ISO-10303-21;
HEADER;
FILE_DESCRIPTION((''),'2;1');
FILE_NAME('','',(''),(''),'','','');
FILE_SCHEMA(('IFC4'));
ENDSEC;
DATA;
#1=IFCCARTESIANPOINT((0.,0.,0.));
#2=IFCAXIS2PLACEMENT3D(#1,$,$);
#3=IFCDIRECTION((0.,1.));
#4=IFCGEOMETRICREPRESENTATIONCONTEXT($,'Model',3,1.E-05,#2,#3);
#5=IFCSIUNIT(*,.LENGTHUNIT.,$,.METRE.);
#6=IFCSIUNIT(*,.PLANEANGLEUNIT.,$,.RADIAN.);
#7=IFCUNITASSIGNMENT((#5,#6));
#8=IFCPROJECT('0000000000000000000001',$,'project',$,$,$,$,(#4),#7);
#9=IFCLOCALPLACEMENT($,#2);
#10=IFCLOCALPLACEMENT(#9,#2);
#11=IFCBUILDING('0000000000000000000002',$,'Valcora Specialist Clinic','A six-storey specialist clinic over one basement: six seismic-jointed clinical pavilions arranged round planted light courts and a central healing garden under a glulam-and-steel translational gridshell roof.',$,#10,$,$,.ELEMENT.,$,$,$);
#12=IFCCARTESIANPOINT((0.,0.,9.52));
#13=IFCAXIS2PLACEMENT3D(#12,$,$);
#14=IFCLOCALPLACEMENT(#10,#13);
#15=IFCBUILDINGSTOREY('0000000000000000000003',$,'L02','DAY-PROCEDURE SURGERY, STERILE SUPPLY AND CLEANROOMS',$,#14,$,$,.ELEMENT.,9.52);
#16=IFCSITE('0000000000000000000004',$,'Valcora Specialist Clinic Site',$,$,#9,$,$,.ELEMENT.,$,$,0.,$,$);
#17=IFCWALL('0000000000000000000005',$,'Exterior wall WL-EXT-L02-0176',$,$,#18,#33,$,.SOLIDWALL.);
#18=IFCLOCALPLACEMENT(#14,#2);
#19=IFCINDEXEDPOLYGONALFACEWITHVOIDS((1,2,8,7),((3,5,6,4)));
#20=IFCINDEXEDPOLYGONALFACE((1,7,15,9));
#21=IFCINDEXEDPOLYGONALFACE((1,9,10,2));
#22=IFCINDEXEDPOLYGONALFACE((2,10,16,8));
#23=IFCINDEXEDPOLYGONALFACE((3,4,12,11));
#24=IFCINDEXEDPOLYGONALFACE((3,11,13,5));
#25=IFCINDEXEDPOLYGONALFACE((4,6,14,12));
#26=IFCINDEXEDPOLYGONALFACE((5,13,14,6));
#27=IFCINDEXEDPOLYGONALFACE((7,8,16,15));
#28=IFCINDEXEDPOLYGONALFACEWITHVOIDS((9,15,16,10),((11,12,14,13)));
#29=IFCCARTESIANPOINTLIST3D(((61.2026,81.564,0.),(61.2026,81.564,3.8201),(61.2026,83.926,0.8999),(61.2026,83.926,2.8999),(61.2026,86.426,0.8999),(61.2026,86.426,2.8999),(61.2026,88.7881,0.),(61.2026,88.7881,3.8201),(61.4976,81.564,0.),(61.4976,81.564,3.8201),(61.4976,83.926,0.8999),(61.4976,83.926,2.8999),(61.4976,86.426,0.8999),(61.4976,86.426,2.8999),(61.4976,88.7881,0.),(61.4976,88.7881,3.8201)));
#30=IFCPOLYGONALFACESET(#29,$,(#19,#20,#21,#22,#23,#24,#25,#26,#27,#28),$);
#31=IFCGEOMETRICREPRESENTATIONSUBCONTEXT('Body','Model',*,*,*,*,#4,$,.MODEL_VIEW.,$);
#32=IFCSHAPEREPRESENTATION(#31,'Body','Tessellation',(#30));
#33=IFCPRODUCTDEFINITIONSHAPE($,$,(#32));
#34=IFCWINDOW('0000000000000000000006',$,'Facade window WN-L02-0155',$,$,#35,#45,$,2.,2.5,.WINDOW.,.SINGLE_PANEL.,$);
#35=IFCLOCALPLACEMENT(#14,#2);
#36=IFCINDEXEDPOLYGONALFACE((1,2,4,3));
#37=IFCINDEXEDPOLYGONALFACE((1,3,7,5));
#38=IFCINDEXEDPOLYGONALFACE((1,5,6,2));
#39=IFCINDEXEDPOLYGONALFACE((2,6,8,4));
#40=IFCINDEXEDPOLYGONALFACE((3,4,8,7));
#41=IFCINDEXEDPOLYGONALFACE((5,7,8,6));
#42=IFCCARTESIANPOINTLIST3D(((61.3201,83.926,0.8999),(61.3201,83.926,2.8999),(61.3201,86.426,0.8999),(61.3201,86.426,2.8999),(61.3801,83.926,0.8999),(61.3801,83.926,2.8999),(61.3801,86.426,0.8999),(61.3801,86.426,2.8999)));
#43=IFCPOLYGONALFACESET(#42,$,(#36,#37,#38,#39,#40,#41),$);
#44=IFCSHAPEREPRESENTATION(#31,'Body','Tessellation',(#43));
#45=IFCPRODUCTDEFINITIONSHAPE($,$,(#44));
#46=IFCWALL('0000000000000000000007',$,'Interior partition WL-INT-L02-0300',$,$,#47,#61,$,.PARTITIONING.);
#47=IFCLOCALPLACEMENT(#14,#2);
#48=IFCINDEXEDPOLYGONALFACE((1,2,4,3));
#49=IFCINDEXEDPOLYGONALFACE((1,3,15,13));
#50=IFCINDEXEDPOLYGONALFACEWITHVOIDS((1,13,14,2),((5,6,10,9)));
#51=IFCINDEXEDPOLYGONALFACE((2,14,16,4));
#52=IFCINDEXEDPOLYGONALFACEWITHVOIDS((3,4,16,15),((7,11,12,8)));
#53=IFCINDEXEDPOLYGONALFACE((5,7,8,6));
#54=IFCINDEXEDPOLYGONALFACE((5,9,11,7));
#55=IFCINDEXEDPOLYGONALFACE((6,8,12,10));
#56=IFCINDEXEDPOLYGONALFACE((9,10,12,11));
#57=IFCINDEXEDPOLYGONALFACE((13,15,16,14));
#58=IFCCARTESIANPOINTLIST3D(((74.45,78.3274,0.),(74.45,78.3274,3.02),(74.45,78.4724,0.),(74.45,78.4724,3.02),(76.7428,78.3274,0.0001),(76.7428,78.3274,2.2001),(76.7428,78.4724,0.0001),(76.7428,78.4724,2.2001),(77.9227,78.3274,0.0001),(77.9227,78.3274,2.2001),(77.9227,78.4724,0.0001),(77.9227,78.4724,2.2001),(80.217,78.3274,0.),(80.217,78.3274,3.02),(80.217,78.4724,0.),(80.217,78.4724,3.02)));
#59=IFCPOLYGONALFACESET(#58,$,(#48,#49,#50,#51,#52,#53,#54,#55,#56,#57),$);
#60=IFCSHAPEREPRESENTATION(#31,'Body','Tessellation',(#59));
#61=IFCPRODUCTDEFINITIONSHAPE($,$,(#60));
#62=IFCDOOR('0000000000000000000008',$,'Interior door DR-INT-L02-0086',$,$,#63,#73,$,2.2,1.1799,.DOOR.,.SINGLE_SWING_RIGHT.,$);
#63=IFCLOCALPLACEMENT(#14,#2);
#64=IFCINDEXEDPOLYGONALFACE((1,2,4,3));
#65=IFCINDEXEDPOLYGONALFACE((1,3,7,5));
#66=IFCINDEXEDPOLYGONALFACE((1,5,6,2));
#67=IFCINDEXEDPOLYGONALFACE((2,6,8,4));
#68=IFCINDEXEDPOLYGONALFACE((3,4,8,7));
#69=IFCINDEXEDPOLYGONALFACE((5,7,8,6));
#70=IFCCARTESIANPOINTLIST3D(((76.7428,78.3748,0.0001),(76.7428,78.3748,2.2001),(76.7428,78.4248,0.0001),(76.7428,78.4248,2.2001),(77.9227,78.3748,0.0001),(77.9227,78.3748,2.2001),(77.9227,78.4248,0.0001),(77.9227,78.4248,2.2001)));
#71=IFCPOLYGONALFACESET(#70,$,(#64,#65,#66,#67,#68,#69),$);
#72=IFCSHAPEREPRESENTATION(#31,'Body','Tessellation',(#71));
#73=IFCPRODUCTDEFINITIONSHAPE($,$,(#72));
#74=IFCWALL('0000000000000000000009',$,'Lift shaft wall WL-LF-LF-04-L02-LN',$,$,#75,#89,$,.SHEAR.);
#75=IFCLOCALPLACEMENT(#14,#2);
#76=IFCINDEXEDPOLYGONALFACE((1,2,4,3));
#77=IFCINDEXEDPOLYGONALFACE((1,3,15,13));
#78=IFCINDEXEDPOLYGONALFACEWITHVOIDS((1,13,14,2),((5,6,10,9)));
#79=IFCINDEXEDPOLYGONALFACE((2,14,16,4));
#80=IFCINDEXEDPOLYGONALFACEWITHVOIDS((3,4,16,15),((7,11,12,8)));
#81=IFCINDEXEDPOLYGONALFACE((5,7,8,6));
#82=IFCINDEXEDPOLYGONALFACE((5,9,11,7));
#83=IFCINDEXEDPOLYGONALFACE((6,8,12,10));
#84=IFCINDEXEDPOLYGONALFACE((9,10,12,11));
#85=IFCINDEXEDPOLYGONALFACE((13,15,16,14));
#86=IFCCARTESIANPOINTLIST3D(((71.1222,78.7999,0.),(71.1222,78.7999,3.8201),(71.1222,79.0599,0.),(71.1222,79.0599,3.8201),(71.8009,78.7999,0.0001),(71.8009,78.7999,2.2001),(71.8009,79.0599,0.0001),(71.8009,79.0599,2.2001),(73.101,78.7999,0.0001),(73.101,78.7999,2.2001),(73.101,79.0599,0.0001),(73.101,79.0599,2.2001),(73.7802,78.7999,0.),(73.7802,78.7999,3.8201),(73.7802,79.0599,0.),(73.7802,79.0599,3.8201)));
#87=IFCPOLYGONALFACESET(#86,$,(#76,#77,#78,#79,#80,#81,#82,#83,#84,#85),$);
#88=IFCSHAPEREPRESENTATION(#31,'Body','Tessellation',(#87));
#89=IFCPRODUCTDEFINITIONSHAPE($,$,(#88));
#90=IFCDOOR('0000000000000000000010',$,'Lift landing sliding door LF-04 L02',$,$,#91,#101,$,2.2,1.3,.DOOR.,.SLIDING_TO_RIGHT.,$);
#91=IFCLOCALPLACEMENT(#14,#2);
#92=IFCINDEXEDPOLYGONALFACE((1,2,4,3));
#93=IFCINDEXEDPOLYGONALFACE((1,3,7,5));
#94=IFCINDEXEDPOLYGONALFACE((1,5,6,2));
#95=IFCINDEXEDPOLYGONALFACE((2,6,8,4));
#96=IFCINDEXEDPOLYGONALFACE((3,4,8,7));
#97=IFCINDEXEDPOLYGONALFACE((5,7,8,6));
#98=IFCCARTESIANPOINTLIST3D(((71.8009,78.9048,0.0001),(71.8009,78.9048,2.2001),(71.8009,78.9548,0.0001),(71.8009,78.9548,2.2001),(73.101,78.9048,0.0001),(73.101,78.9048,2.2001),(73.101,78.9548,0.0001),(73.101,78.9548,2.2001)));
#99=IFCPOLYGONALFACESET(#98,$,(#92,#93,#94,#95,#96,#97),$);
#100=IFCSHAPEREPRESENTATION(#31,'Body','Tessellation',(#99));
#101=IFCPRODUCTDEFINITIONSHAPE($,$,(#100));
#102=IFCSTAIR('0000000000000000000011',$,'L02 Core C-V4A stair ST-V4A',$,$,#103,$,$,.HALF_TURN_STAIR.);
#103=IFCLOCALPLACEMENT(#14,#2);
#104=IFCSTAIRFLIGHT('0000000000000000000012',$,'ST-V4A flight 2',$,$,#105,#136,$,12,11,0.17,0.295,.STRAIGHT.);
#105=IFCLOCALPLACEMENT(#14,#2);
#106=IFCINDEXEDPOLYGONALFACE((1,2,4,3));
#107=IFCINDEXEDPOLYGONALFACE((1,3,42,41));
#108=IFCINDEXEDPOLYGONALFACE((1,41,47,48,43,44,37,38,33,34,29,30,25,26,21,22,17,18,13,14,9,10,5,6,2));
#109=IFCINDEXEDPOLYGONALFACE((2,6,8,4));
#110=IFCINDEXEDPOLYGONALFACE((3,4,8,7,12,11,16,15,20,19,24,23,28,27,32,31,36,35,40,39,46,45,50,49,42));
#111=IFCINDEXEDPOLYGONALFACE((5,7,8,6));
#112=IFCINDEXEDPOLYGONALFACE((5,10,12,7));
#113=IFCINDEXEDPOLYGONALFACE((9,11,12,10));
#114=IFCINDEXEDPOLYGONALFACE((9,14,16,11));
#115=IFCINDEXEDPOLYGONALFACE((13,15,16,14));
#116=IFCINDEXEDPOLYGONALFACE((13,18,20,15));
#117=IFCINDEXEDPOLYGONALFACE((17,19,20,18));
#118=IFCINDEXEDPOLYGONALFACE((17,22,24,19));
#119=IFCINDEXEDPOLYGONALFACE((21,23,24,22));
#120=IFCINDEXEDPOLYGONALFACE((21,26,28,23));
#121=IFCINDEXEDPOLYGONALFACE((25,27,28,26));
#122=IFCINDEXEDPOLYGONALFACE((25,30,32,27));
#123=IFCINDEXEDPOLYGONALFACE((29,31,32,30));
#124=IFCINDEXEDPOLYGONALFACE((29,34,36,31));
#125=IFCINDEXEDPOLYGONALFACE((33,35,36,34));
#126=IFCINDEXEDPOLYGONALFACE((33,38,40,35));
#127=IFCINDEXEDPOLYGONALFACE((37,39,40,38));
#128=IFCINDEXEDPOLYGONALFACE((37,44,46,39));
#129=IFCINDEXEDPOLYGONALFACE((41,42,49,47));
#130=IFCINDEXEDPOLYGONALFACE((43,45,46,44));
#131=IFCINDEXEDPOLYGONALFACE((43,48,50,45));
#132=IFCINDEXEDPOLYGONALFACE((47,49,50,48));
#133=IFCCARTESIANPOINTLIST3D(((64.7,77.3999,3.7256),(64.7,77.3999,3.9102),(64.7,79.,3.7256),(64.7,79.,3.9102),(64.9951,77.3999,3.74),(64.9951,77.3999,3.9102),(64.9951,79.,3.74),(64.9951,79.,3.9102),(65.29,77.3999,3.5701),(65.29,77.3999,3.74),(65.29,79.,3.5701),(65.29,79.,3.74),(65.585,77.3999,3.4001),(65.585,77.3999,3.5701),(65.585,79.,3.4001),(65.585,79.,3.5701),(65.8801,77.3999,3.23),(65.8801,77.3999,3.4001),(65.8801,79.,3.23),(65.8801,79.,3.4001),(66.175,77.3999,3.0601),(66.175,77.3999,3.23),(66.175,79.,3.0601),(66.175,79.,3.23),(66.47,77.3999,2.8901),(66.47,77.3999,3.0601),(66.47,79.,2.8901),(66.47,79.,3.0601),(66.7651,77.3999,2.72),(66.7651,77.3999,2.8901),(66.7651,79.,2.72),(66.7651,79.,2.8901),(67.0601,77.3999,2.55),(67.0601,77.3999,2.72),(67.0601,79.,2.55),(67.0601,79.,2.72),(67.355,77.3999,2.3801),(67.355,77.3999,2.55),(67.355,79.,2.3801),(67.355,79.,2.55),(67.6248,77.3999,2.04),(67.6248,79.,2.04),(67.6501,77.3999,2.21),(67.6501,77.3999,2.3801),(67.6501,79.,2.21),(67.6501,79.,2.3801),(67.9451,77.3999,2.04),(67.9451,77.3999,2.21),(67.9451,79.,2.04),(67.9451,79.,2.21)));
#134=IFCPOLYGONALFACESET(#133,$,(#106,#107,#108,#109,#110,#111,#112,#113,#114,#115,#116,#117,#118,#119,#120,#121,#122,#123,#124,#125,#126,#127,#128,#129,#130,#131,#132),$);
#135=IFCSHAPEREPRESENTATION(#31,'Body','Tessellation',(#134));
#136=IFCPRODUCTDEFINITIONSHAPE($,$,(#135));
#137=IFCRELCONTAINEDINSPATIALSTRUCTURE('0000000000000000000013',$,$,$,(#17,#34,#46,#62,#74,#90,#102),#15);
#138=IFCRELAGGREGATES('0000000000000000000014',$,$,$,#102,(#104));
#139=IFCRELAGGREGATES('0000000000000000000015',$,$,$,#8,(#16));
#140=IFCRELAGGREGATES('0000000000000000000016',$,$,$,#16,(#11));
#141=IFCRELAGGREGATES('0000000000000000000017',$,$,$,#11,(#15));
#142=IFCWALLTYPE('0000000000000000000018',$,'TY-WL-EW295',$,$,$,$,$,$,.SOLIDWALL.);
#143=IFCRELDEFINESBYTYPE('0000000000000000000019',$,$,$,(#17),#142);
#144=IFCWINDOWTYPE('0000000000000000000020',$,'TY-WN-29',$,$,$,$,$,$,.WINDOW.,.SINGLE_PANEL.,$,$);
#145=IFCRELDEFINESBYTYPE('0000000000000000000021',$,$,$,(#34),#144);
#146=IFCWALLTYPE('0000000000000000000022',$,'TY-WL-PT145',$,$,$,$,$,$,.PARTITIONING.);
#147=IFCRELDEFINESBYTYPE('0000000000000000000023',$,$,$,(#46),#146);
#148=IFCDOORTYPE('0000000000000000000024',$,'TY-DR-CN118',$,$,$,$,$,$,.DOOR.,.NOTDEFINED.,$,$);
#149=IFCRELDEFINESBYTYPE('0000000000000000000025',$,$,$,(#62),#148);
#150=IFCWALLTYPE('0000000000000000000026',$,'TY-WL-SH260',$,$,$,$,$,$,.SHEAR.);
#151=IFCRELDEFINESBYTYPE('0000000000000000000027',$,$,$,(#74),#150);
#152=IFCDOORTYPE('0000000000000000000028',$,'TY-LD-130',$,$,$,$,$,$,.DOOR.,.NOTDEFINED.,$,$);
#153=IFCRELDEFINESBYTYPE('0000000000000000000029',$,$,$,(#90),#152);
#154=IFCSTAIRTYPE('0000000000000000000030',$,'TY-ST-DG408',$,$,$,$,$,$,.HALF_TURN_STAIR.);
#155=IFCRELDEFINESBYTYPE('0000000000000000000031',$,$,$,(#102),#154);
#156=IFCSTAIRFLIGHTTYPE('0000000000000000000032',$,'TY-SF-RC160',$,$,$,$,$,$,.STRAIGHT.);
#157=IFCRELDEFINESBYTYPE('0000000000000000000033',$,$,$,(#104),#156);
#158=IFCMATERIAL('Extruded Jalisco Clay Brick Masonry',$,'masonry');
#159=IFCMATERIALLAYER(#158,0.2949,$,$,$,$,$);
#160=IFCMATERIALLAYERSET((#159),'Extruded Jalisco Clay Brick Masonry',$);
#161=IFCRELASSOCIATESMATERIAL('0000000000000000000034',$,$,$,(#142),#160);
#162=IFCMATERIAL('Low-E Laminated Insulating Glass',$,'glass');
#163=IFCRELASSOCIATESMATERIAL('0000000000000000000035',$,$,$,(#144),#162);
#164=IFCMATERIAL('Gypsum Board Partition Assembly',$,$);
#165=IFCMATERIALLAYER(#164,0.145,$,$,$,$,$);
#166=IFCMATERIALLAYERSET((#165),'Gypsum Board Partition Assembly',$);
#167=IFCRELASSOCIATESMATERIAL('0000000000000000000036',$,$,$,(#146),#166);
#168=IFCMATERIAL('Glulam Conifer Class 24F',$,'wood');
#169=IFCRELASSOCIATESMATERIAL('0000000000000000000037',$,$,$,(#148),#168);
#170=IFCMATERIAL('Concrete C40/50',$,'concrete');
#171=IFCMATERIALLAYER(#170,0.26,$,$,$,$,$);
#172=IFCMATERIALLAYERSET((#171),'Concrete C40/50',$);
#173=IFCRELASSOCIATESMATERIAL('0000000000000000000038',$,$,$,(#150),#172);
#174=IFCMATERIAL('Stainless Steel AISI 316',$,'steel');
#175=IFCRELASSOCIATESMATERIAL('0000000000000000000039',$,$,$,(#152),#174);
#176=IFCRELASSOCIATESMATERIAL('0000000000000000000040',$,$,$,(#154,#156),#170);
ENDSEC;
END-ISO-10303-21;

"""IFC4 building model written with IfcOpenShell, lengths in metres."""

from ifc_helpers import new_model, si_unit, direction, frame, frame_2d, origin, place, context, subcontext, project, spatial, polyline, rectangle, outline, extrude, material, layer, layer_set, type_object, element, fill, aggregate, save


model = new_model("IFC4")

# Units and contexts
model_context = context("Model", 3, precision=1e-05, world=origin(), true_north=direction((0.0, 1.0)))
body_context = subcontext(model_context, "Body", "Model", "MODEL_VIEW")
ifc_project = project(units=[si_unit("LENGTHUNIT", "METRE"), si_unit("PLANEANGLEUNIT", "RADIAN")], contexts=[model_context])

# Site, building, storey
site_placement = place(None, origin())
site = spatial("IfcSite", under=ifc_project, at=site_placement, Name="Valcora Specialist Clinic Site", CompositionType="ELEMENT", RefElevation=0.0)
building_placement = place(site_placement, origin())
building = spatial("IfcBuilding", under=site, at=building_placement, Name="Valcora Specialist Clinic", Description="A six-storey specialist clinic over one basement: six seismic-jointed clinical pavilions arranged round planted light courts and a central healing garden under a glulam-and-steel translational gridshell roof.", CompositionType="ELEMENT")
storey_placement = place(building_placement, frame((0.0, 0.0, 9.52)))
storey = spatial("IfcBuildingStorey", under=building, at=storey_placement, Name="L02", Description="DAY-PROCEDURE SURGERY, STERILE SUPPLY AND CLEANROOMS", CompositionType="ELEMENT", Elevation=9.52)

# Shared definitions
ifc_material_1 = material(Name="Concrete C40/50", Category="concrete")

# Wall, opening, window
ifc_material_2 = material(Name="Extruded Jalisco Clay Brick Masonry", Category="masonry")
ifc_material_3 = material(Name="Low-E Laminated Insulating Glass", Category="glass")
ifc_layer_1 = layer(ifc_material_2, 0.2949)
ifc_layer_set_1 = layer_set([ifc_layer_1], Name="Extruded Jalisco Clay Brick Masonry")
wall_type_1 = type_object("IfcWallType", Name="TY-WL-EW295", PredefinedType="SOLIDWALL", material=ifc_layer_set_1)
wall_1_placement = place(storey_placement, frame((61.3501, 81.564, 0.0), z_axis=(0.0, 0.0, 1.0), x_axis=(0.0, 1.0, 0.0)))
wall_1 = element("IfcWall", 1, at=wall_1_placement, inside=storey, type_object=wall_type_1, Name="Exterior wall WL-EXT-L02-0176", PredefinedType="SOLIDWALL", context=body_context, shape_type="SweptSolid", body=[
    extrude(rectangle(XDim=7.2241, YDim=0.2949, at=frame_2d((3.6121, 0.0))), origin(), (0.0, 0.0, 1.0), 3.8201),
])
opening_1_placement = place(wall_1_placement, frame((2.3621, 0.0, 0.8999)))
opening_1 = element("IfcOpeningElement", 2, at=opening_1_placement, cuts=wall_1, PredefinedType="OPENING", context=body_context, shape_type="SweptSolid", body=[
    extrude(rectangle(XDim=2.5, YDim=2.0, at=frame_2d((1.25, 1.0))), frame((0.0, 0.1575, 0.0), z_axis=(0.0, -1.0, 0.0), x_axis=(1.0, 0.0, 0.0)), (0.0, 0.0, 1.0), 0.3149),
])
window_type_1 = type_object("IfcWindowType", Name="TY-WN-29", PartitioningType="SINGLE_PANEL", PredefinedType="WINDOW", material=ifc_material_3)
window_1_placement = place(opening_1_placement, origin())
window_1 = element("IfcWindow", 3, at=window_1_placement, inside=storey, type_object=window_type_1, Name="Facade window WN-L02-0155", OverallHeight=2.0, OverallWidth=2.5, PartitioningType="SINGLE_PANEL", PredefinedType="WINDOW", context=body_context, shape_type="SweptSolid", body=[
    extrude(rectangle(XDim=2.5, YDim=2.0, at=frame_2d((1.25, 1.0))), frame((0.0, 0.03, 0.0), z_axis=(0.0, -1.0, 0.0), x_axis=(1.0, 0.0, 0.0)), (0.0, 0.0, 1.0), 0.0601),
])
fill(opening_1, window_1)

# Walls, openings, doors
ifc_material_4 = material(Name="Gypsum Board Partition Assembly")
ifc_layer_2 = layer(ifc_material_4, 0.145)
ifc_layer_set_2 = layer_set([ifc_layer_2], Name="Gypsum Board Partition Assembly")
wall_type_2 = type_object("IfcWallType", Name="TY-WL-PT145", PredefinedType="PARTITIONING", material=ifc_layer_set_2)
wall_2_placement = place(storey_placement, frame((74.45, 78.3999, 0.0), z_axis=(0.0, 0.0, 1.0), x_axis=(1.0, 0.0, 0.0)))
wall_2 = element("IfcWall", 4, at=wall_2_placement, inside=storey, type_object=wall_type_2, Name="Interior partition WL-INT-L02-0300", PredefinedType="PARTITIONING", context=body_context, shape_type="SweptSolid", body=[
    extrude(rectangle(XDim=5.7671, YDim=0.145, at=frame_2d((2.8835, 0.0))), origin(), (0.0, 0.0, 1.0), 3.02),
])
opening_2_placement = place(wall_2_placement, frame((2.293, 0.0, 0.0)))
opening_2 = element("IfcOpeningElement", 5, at=opening_2_placement, cuts=wall_2, PredefinedType="OPENING", context=body_context, shape_type="SweptSolid", body=[
    extrude(rectangle(XDim=1.1799, YDim=2.2, at=frame_2d((0.5898, 1.1001))), frame((0.0, 0.0825, 0.0), z_axis=(0.0, -1.0, 0.0), x_axis=(1.0, 0.0, 0.0)), (0.0, 0.0, 1.0), 0.165),
])
ifc_material_5 = material(Name="Glulam Conifer Class 24F", Category="wood")
door_type_1 = type_object("IfcDoorType", Name="TY-DR-CN118", OperationType="NOTDEFINED", PredefinedType="DOOR", material=ifc_material_5)
door_1_placement = place(opening_2_placement, origin())
door_1 = element("IfcDoor", 6, at=door_1_placement, inside=storey, type_object=door_type_1, Name="Interior door DR-INT-L02-0086", OperationType="SINGLE_SWING_RIGHT", OverallHeight=2.2, OverallWidth=1.1799, PredefinedType="DOOR", context=body_context, shape_type="SweptSolid", body=[
    extrude(rectangle(XDim=1.1799, YDim=2.2, at=frame_2d((0.5898, 1.1001))), frame((0.0, 0.0249, 0.0), z_axis=(0.0, -1.0, 0.0), x_axis=(1.0, 0.0, 0.0)), (0.0, 0.0, 1.0), 0.05),
])
fill(opening_2, door_1)
ifc_layer_3 = layer(ifc_material_1, 0.26)
ifc_layer_set_3 = layer_set([ifc_layer_3], Name="Concrete C40/50")
wall_type_3 = type_object("IfcWallType", Name="TY-WL-SH260", PredefinedType="SHEAR", material=ifc_layer_set_3)
wall_3_placement = place(storey_placement, frame((71.1221, 78.9299, 0.0), z_axis=(0.0, 0.0, 1.0), x_axis=(1.0, 0.0, 0.0)))
wall_3 = element("IfcWall", 7, at=wall_3_placement, inside=storey, type_object=wall_type_3, Name="Lift shaft wall WL-LF-LF-04-L02-LN", PredefinedType="SHEAR", context=body_context, shape_type="SweptSolid", body=[
    extrude(rectangle(XDim=2.658, YDim=0.26, at=frame_2d((1.3291, 0.0))), origin(), (0.0, 0.0, 1.0), 3.8201),
])
opening_3_placement = place(wall_3_placement, frame((0.679, 0.0, 0.0)))
opening_3 = element("IfcOpeningElement", 8, at=opening_3_placement, cuts=wall_3, PredefinedType="OPENING", context=body_context, shape_type="SweptSolid", body=[
    extrude(rectangle(XDim=1.3, YDim=2.2, at=frame_2d((0.6499, 1.1001))), frame((0.0, 0.1399, 0.0), z_axis=(0.0, -1.0, 0.0), x_axis=(1.0, 0.0, 0.0)), (0.0, 0.0, 1.0), 0.28),
])
ifc_material_6 = material(Name="Stainless Steel AISI 316", Category="steel")
door_type_2 = type_object("IfcDoorType", Name="TY-LD-130", OperationType="NOTDEFINED", PredefinedType="DOOR", material=ifc_material_6)
door_2_placement = place(opening_3_placement, origin())
door_2 = element("IfcDoor", 9, at=door_2_placement, inside=storey, type_object=door_type_2, Name="Lift landing sliding door LF-04 L02", OperationType="SLIDING_TO_RIGHT", OverallHeight=2.2, OverallWidth=1.3, PredefinedType="DOOR", context=body_context, shape_type="SweptSolid", body=[
    extrude(rectangle(XDim=1.3, YDim=2.2, at=frame_2d((0.6499, 1.1001))), frame((0.0, 0.0249, 0.0), z_axis=(0.0, -1.0, 0.0), x_axis=(1.0, 0.0, 0.0)), (0.0, 0.0, 1.0), 0.05),
])
fill(opening_3, door_2)

# Stair, stair flight
stair_type = type_object("IfcStairType", Name="TY-ST-DG408", PredefinedType="HALF_TURN_STAIR", material=ifc_material_1)
stair_placement = place(storey_placement, origin())
stair = element("IfcStair", 10, at=stair_placement, inside=storey, type_object=stair_type, Name="L02 Core C-V4A stair ST-V4A", PredefinedType="HALF_TURN_STAIR")
stair_flight_type = type_object("IfcStairFlightType", Name="TY-SF-RC160", PredefinedType="STRAIGHT", material=ifc_material_1)
stair_flight_placement = place(storey_placement, frame((67.9451, 78.2, 2.04), z_axis=(0.0, 0.0, 1.0), x_axis=(-1.0, 0.0, 0.0)))
stair_flight = element("IfcStairFlight", 11, at=stair_flight_placement, type_object=stair_flight_type, Name="ST-V4A flight 2", NumberOfRisers=12, NumberOfTreads=11, PredefinedType="STRAIGHT", RiserHeight=0.17, TreadLength=0.295, context=body_context, shape_type="SweptSolid", body=[
    extrude(outline(polyline([(0.0, 0.0), (0.0, 0.1699), (0.2949, 0.1699), (0.2949, 0.3401), (0.5901, 0.3401), (0.5901, 0.51), (0.885, 0.51), (0.885, 0.6799), (1.1799, 0.6799), (1.1799, 0.8501), (1.4751, 0.8501), (1.4751, 1.02), (1.77, 1.02), (1.77, 1.1899), (2.0649, 1.1899), (2.0649, 1.3601), (2.3601, 1.3601), (2.3601, 1.53), (2.655, 1.53), (2.655, 1.7), (2.95, 1.7), (2.95, 1.8701), (3.2451, 1.8701), (3.2451, 2.04), (3.2451, 1.6855), (0.3203, 0.0), (0.0, 0.0)])), frame((0.0, 0.8, 0.0), z_axis=(0.0, -1.0, 0.0), x_axis=(1.0, 0.0, 0.0)), (0.0, 0.0, 1.0), 1.6001),
])
aggregate(stair, [stair_flight])

save(model, "model.ifc")
